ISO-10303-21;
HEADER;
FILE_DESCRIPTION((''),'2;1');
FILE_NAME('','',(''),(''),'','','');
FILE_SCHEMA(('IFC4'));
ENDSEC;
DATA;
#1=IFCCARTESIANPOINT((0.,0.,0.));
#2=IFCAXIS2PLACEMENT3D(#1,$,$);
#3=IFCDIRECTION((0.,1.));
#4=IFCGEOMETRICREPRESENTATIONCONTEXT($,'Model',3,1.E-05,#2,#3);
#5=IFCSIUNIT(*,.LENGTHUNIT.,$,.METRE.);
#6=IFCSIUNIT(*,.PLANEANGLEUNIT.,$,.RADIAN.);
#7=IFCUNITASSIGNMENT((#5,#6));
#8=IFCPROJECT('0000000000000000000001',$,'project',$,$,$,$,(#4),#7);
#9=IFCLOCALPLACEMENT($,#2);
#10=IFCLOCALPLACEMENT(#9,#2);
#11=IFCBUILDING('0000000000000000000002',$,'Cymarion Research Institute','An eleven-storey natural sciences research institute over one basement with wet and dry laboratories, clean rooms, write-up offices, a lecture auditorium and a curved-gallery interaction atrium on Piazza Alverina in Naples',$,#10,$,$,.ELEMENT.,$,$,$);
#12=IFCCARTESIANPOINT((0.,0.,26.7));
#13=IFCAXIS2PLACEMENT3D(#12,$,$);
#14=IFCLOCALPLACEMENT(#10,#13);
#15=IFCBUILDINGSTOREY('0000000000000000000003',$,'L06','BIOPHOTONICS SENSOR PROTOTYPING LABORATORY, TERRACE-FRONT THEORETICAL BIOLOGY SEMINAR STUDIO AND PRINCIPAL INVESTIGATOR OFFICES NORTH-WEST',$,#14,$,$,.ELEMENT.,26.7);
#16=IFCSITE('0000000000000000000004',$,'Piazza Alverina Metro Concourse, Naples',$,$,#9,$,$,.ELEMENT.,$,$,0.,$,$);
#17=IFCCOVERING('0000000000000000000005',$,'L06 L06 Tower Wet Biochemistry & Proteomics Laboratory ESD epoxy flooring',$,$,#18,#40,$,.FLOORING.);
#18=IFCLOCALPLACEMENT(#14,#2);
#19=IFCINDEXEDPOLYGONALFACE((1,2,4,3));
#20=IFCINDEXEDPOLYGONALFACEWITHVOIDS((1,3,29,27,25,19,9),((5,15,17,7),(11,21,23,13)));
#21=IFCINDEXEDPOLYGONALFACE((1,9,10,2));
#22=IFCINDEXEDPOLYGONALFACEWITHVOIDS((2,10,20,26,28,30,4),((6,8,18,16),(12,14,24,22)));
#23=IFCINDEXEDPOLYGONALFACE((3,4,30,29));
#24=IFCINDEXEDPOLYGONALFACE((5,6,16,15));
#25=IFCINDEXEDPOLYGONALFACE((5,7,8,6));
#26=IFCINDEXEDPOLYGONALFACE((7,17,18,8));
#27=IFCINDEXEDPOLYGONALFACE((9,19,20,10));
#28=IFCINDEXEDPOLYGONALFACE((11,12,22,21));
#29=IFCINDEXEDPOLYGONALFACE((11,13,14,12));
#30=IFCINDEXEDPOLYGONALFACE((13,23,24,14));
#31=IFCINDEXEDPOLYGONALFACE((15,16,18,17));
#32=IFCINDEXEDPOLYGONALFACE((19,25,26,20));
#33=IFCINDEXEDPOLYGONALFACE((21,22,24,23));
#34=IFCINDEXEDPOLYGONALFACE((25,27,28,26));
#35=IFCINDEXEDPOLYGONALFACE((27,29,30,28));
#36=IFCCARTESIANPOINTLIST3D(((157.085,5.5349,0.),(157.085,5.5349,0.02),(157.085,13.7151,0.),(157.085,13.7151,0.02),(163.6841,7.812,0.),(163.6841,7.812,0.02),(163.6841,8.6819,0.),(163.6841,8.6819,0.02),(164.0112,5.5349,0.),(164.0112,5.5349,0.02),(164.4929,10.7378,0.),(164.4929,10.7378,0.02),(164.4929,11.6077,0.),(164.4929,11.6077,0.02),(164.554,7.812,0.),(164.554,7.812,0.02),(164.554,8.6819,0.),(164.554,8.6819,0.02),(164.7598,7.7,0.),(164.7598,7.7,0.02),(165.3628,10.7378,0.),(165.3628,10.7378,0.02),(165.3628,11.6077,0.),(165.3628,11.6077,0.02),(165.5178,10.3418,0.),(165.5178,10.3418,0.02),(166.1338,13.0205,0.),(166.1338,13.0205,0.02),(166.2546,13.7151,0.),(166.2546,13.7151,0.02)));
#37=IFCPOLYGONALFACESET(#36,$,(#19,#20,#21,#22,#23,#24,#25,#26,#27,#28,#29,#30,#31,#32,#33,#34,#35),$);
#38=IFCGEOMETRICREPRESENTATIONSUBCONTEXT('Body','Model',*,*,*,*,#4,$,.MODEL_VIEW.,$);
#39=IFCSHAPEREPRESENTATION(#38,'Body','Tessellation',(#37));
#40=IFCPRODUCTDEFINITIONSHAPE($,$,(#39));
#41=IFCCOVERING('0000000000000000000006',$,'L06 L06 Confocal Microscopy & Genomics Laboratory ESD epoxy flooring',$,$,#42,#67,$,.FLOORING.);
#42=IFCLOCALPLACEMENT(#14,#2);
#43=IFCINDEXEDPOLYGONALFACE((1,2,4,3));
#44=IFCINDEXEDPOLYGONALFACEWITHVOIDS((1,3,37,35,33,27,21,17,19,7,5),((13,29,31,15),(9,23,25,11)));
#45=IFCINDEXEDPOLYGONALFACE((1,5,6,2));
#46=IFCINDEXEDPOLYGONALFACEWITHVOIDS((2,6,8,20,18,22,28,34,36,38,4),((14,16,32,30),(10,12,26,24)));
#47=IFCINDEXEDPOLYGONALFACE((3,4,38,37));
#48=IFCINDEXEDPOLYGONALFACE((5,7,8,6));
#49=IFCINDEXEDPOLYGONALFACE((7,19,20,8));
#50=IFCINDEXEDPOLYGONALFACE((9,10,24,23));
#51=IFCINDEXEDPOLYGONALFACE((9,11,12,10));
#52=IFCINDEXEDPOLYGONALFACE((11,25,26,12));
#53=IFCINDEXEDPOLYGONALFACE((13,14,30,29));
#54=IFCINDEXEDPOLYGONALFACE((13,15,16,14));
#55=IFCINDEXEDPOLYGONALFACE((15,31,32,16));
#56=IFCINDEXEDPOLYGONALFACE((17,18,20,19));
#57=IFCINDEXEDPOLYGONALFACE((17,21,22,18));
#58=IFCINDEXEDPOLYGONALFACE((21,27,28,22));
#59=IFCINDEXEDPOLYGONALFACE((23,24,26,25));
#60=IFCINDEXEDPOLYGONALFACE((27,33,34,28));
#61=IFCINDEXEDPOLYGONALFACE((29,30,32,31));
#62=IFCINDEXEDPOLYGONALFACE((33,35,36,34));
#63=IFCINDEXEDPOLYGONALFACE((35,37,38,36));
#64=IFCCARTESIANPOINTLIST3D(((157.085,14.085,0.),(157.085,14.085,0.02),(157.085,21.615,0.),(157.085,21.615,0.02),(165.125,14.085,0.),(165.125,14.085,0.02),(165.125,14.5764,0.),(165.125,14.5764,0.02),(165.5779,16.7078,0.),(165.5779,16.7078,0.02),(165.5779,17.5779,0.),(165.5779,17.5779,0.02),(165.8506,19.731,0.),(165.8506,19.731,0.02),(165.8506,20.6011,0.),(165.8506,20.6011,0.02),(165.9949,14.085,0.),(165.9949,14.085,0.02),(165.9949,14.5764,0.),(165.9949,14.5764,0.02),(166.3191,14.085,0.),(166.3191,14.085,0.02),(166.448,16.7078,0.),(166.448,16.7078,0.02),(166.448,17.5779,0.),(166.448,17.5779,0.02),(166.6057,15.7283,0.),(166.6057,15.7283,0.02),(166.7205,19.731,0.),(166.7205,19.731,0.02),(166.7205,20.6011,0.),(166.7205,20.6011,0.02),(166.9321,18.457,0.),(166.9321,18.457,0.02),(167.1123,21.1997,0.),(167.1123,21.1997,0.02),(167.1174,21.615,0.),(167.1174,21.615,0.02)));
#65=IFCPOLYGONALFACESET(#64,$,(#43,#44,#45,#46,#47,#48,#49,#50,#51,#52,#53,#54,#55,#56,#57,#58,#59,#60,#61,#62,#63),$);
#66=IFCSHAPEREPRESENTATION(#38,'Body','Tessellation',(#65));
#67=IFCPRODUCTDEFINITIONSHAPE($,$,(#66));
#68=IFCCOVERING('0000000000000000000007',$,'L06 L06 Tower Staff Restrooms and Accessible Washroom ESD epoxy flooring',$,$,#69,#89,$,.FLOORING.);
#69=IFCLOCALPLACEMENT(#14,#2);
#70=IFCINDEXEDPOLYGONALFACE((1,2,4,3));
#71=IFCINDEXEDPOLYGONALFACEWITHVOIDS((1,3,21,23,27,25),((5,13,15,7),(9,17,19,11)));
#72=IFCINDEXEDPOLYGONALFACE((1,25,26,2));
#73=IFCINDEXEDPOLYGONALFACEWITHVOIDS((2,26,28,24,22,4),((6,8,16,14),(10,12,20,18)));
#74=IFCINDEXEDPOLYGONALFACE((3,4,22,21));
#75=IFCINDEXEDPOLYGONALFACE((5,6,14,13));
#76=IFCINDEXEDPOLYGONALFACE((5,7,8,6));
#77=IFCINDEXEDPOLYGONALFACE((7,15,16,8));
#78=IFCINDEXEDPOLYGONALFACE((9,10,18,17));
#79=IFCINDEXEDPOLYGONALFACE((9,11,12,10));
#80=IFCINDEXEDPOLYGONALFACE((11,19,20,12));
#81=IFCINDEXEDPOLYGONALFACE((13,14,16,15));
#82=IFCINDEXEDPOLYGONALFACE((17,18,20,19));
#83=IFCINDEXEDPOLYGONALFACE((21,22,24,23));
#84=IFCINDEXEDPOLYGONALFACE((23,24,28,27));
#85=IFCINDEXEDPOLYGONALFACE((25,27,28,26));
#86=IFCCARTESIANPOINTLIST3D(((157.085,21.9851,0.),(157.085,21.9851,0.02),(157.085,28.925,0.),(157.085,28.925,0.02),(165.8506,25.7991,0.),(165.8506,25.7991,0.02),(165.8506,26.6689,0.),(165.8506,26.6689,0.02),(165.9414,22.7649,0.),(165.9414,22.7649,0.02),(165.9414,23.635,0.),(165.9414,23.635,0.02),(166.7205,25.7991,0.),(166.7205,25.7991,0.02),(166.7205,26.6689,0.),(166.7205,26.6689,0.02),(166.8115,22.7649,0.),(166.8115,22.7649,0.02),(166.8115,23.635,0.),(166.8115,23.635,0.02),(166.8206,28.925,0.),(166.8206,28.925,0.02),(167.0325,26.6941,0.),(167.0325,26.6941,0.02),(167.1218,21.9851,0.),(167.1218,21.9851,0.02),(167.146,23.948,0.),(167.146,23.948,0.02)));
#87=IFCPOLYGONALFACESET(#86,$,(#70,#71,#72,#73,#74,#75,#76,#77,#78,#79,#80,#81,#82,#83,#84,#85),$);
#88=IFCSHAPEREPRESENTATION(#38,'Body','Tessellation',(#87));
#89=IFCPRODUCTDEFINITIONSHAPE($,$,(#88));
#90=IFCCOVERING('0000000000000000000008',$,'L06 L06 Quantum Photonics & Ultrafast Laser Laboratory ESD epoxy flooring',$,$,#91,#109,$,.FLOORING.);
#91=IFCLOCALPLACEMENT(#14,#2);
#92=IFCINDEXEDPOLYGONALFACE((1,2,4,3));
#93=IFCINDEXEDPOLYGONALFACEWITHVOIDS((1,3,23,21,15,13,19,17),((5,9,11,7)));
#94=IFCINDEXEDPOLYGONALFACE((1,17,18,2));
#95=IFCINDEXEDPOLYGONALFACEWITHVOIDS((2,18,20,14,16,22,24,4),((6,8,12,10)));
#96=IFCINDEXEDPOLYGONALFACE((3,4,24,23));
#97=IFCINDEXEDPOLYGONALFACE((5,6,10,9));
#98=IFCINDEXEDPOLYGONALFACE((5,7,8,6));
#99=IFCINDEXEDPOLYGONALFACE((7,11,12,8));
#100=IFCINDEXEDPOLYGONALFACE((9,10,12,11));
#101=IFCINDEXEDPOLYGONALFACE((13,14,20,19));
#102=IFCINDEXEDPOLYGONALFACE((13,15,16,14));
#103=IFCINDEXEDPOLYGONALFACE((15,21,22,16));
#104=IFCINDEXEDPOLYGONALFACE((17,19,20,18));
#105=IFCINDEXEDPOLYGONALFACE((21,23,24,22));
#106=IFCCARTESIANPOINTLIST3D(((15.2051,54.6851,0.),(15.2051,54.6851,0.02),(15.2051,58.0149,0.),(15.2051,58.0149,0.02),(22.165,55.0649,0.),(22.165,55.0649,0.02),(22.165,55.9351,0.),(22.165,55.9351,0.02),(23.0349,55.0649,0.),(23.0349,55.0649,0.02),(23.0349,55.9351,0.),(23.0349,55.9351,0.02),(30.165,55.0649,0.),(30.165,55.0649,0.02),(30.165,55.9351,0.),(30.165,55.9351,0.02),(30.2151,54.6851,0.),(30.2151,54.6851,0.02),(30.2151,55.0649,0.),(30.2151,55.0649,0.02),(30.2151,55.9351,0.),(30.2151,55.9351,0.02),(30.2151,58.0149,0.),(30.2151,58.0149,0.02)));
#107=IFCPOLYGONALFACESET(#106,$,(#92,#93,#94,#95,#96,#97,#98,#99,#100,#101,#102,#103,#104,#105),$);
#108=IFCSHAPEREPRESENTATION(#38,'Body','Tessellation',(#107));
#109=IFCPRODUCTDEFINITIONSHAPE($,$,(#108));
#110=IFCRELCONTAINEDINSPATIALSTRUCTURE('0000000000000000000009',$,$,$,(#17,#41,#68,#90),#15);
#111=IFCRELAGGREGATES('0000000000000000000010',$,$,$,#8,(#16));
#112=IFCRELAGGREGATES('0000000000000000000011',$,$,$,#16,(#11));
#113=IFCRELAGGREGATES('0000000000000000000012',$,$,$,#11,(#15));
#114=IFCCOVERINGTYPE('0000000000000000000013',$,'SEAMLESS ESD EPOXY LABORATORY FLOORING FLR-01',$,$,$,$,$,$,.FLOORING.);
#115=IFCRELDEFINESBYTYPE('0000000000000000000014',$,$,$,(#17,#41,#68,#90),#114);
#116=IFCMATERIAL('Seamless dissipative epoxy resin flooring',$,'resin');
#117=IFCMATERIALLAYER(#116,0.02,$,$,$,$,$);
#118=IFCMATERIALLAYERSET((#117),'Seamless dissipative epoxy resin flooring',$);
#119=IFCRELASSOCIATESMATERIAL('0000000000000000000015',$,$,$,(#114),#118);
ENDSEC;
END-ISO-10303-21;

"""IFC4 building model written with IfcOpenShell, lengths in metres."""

from ifc_helpers import new_model, si_unit, direction, frame, origin, place, context, subcontext, project, spatial, polyline, outline, extrude, material, layer, layer_set, type_object, element, save


model = new_model("IFC4")

# Units and contexts
model_context = context("Model", 3, precision=1e-05, world=origin(), true_north=direction((0.0, 1.0)))
body_context = subcontext(model_context, "Body", "Model", "MODEL_VIEW")
ifc_project = project(units=[si_unit("LENGTHUNIT", "METRE"), si_unit("PLANEANGLEUNIT", "RADIAN")], contexts=[model_context])

# Site, building, storey
site_placement = place(None, origin())
site = spatial("IfcSite", under=ifc_project, at=site_placement, Name="Piazza Alverina Metro Concourse, Naples", CompositionType="ELEMENT", RefElevation=0.0)
building_placement = place(site_placement, origin())
building = spatial("IfcBuilding", under=site, at=building_placement, Name="Cymarion Research Institute", Description="An eleven-storey natural sciences research institute over one basement with wet and dry laboratories, clean rooms, write-up offices, a lecture auditorium and a curved-gallery interaction atrium on Piazza Alverina in Naples", CompositionType="ELEMENT")
storey_placement = place(building_placement, frame((0.0, 0.0, 26.7)))
storey = spatial("IfcBuildingStorey", under=building, at=storey_placement, Name="L06", Description="BIOPHOTONICS SENSOR PROTOTYPING LABORATORY, TERRACE-FRONT THEORETICAL BIOLOGY SEMINAR STUDIO AND PRINCIPAL INVESTIGATOR OFFICES NORTH-WEST", CompositionType="ELEMENT", Elevation=26.7)

# Coverings
ifc_material_1 = material(Name="Seamless dissipative epoxy resin flooring", Category="resin")
ifc_layer_1 = layer(ifc_material_1, 0.02)
ifc_layer_set_1 = layer_set([ifc_layer_1], Name="Seamless dissipative epoxy resin flooring")
covering_type_1 = type_object("IfcCoveringType", Name="SEAMLESS ESD EPOXY LABORATORY FLOORING FLR-01", PredefinedType="FLOORING", material=ifc_layer_set_1)
covering_1_placement = place(storey_placement, origin())
element("IfcCovering", 1, at=covering_1_placement, inside=storey, type_object=covering_type_1, Name="L06 L06 Tower Wet Biochemistry & Proteomics Laboratory ESD epoxy flooring", PredefinedType="FLOORING", context=body_context, shape_type="SweptSolid", body=[
    extrude(outline(polyline([(157.085, 13.7151), (166.2546, 13.7151), (166.1338, 13.0205), (165.5178, 10.3418), (164.7598, 7.7), (164.0112, 5.5349), (157.085, 5.5349), (157.085, 13.7151)]), holes=[polyline([(164.4929, 10.7378), (165.3628, 10.7378), (165.3628, 11.6077), (164.4929, 11.6077), (164.4929, 10.7378)]), polyline([(163.6841, 8.6819), (163.6841, 7.812), (164.554, 7.812), (164.554, 8.6819), (163.6841, 8.6819)])]), origin(), (0.0, 0.0, 1.0), 0.02),
])
covering_2_placement = place(storey_placement, origin())
element("IfcCovering", 2, at=covering_2_placement, inside=storey, type_object=covering_type_1, Name="L06 L06 Confocal Microscopy & Genomics Laboratory ESD epoxy flooring", PredefinedType="FLOORING", context=body_context, shape_type="SweptSolid", body=[
    extrude(outline(polyline([(157.085, 21.615), (167.1174, 21.615), (167.1123, 21.1997), (166.9321, 18.457), (166.6057, 15.7283), (166.3191, 14.085), (165.9949, 14.085), (165.9949, 14.5764), (165.125, 14.5764), (165.125, 14.085), (157.085, 14.085), (157.085, 21.615)]), holes=[polyline([(165.8506, 20.6011), (165.8506, 19.731), (166.7205, 19.731), (166.7205, 20.6011), (165.8506, 20.6011)]), polyline([(165.5779, 17.5779), (165.5779, 16.7078), (166.448, 16.7078), (166.448, 17.5779), (165.5779, 17.5779)])]), origin(), (0.0, 0.0, 1.0), 0.02),
])
covering_3_placement = place(storey_placement, origin())
element("IfcCovering", 3, at=covering_3_placement, inside=storey, type_object=covering_type_1, Name="L06 L06 Tower Staff Restrooms and Accessible Washroom ESD epoxy flooring", PredefinedType="FLOORING", context=body_context, shape_type="SweptSolid", body=[
    extrude(outline(polyline([(167.0325, 26.6941), (167.146, 23.948), (167.1218, 21.9851), (157.085, 21.9851), (157.085, 28.925), (166.8206, 28.925), (167.0325, 26.6941)]), holes=[polyline([(165.9414, 22.7649), (166.8115, 22.7649), (166.8115, 23.635), (165.9414, 23.635), (165.9414, 22.7649)]), polyline([(165.8506, 26.6689), (165.8506, 25.7991), (166.7205, 25.7991), (166.7205, 26.6689), (165.8506, 26.6689)])]), origin(), (0.0, 0.0, 1.0), 0.02),
])
covering_4_placement = place(storey_placement, origin())
element("IfcCovering", 4, at=covering_4_placement, inside=storey, type_object=covering_type_1, Name="L06 L06 Quantum Photonics & Ultrafast Laser Laboratory ESD epoxy flooring", PredefinedType="FLOORING", context=body_context, shape_type="SweptSolid", body=[
    extrude(outline(polyline([(30.2151, 55.0649), (30.2151, 54.6851), (15.2051, 54.6851), (15.2051, 58.0149), (30.2151, 58.0149), (30.2151, 55.9351), (30.165, 55.9351), (30.165, 55.0649), (30.2151, 55.0649)]), holes=[polyline([(22.165, 55.0649), (23.0349, 55.0649), (23.0349, 55.9351), (22.165, 55.9351), (22.165, 55.0649)])]), origin(), (0.0, 0.0, 1.0), 0.02),
])

save(model, "model.ifc")
